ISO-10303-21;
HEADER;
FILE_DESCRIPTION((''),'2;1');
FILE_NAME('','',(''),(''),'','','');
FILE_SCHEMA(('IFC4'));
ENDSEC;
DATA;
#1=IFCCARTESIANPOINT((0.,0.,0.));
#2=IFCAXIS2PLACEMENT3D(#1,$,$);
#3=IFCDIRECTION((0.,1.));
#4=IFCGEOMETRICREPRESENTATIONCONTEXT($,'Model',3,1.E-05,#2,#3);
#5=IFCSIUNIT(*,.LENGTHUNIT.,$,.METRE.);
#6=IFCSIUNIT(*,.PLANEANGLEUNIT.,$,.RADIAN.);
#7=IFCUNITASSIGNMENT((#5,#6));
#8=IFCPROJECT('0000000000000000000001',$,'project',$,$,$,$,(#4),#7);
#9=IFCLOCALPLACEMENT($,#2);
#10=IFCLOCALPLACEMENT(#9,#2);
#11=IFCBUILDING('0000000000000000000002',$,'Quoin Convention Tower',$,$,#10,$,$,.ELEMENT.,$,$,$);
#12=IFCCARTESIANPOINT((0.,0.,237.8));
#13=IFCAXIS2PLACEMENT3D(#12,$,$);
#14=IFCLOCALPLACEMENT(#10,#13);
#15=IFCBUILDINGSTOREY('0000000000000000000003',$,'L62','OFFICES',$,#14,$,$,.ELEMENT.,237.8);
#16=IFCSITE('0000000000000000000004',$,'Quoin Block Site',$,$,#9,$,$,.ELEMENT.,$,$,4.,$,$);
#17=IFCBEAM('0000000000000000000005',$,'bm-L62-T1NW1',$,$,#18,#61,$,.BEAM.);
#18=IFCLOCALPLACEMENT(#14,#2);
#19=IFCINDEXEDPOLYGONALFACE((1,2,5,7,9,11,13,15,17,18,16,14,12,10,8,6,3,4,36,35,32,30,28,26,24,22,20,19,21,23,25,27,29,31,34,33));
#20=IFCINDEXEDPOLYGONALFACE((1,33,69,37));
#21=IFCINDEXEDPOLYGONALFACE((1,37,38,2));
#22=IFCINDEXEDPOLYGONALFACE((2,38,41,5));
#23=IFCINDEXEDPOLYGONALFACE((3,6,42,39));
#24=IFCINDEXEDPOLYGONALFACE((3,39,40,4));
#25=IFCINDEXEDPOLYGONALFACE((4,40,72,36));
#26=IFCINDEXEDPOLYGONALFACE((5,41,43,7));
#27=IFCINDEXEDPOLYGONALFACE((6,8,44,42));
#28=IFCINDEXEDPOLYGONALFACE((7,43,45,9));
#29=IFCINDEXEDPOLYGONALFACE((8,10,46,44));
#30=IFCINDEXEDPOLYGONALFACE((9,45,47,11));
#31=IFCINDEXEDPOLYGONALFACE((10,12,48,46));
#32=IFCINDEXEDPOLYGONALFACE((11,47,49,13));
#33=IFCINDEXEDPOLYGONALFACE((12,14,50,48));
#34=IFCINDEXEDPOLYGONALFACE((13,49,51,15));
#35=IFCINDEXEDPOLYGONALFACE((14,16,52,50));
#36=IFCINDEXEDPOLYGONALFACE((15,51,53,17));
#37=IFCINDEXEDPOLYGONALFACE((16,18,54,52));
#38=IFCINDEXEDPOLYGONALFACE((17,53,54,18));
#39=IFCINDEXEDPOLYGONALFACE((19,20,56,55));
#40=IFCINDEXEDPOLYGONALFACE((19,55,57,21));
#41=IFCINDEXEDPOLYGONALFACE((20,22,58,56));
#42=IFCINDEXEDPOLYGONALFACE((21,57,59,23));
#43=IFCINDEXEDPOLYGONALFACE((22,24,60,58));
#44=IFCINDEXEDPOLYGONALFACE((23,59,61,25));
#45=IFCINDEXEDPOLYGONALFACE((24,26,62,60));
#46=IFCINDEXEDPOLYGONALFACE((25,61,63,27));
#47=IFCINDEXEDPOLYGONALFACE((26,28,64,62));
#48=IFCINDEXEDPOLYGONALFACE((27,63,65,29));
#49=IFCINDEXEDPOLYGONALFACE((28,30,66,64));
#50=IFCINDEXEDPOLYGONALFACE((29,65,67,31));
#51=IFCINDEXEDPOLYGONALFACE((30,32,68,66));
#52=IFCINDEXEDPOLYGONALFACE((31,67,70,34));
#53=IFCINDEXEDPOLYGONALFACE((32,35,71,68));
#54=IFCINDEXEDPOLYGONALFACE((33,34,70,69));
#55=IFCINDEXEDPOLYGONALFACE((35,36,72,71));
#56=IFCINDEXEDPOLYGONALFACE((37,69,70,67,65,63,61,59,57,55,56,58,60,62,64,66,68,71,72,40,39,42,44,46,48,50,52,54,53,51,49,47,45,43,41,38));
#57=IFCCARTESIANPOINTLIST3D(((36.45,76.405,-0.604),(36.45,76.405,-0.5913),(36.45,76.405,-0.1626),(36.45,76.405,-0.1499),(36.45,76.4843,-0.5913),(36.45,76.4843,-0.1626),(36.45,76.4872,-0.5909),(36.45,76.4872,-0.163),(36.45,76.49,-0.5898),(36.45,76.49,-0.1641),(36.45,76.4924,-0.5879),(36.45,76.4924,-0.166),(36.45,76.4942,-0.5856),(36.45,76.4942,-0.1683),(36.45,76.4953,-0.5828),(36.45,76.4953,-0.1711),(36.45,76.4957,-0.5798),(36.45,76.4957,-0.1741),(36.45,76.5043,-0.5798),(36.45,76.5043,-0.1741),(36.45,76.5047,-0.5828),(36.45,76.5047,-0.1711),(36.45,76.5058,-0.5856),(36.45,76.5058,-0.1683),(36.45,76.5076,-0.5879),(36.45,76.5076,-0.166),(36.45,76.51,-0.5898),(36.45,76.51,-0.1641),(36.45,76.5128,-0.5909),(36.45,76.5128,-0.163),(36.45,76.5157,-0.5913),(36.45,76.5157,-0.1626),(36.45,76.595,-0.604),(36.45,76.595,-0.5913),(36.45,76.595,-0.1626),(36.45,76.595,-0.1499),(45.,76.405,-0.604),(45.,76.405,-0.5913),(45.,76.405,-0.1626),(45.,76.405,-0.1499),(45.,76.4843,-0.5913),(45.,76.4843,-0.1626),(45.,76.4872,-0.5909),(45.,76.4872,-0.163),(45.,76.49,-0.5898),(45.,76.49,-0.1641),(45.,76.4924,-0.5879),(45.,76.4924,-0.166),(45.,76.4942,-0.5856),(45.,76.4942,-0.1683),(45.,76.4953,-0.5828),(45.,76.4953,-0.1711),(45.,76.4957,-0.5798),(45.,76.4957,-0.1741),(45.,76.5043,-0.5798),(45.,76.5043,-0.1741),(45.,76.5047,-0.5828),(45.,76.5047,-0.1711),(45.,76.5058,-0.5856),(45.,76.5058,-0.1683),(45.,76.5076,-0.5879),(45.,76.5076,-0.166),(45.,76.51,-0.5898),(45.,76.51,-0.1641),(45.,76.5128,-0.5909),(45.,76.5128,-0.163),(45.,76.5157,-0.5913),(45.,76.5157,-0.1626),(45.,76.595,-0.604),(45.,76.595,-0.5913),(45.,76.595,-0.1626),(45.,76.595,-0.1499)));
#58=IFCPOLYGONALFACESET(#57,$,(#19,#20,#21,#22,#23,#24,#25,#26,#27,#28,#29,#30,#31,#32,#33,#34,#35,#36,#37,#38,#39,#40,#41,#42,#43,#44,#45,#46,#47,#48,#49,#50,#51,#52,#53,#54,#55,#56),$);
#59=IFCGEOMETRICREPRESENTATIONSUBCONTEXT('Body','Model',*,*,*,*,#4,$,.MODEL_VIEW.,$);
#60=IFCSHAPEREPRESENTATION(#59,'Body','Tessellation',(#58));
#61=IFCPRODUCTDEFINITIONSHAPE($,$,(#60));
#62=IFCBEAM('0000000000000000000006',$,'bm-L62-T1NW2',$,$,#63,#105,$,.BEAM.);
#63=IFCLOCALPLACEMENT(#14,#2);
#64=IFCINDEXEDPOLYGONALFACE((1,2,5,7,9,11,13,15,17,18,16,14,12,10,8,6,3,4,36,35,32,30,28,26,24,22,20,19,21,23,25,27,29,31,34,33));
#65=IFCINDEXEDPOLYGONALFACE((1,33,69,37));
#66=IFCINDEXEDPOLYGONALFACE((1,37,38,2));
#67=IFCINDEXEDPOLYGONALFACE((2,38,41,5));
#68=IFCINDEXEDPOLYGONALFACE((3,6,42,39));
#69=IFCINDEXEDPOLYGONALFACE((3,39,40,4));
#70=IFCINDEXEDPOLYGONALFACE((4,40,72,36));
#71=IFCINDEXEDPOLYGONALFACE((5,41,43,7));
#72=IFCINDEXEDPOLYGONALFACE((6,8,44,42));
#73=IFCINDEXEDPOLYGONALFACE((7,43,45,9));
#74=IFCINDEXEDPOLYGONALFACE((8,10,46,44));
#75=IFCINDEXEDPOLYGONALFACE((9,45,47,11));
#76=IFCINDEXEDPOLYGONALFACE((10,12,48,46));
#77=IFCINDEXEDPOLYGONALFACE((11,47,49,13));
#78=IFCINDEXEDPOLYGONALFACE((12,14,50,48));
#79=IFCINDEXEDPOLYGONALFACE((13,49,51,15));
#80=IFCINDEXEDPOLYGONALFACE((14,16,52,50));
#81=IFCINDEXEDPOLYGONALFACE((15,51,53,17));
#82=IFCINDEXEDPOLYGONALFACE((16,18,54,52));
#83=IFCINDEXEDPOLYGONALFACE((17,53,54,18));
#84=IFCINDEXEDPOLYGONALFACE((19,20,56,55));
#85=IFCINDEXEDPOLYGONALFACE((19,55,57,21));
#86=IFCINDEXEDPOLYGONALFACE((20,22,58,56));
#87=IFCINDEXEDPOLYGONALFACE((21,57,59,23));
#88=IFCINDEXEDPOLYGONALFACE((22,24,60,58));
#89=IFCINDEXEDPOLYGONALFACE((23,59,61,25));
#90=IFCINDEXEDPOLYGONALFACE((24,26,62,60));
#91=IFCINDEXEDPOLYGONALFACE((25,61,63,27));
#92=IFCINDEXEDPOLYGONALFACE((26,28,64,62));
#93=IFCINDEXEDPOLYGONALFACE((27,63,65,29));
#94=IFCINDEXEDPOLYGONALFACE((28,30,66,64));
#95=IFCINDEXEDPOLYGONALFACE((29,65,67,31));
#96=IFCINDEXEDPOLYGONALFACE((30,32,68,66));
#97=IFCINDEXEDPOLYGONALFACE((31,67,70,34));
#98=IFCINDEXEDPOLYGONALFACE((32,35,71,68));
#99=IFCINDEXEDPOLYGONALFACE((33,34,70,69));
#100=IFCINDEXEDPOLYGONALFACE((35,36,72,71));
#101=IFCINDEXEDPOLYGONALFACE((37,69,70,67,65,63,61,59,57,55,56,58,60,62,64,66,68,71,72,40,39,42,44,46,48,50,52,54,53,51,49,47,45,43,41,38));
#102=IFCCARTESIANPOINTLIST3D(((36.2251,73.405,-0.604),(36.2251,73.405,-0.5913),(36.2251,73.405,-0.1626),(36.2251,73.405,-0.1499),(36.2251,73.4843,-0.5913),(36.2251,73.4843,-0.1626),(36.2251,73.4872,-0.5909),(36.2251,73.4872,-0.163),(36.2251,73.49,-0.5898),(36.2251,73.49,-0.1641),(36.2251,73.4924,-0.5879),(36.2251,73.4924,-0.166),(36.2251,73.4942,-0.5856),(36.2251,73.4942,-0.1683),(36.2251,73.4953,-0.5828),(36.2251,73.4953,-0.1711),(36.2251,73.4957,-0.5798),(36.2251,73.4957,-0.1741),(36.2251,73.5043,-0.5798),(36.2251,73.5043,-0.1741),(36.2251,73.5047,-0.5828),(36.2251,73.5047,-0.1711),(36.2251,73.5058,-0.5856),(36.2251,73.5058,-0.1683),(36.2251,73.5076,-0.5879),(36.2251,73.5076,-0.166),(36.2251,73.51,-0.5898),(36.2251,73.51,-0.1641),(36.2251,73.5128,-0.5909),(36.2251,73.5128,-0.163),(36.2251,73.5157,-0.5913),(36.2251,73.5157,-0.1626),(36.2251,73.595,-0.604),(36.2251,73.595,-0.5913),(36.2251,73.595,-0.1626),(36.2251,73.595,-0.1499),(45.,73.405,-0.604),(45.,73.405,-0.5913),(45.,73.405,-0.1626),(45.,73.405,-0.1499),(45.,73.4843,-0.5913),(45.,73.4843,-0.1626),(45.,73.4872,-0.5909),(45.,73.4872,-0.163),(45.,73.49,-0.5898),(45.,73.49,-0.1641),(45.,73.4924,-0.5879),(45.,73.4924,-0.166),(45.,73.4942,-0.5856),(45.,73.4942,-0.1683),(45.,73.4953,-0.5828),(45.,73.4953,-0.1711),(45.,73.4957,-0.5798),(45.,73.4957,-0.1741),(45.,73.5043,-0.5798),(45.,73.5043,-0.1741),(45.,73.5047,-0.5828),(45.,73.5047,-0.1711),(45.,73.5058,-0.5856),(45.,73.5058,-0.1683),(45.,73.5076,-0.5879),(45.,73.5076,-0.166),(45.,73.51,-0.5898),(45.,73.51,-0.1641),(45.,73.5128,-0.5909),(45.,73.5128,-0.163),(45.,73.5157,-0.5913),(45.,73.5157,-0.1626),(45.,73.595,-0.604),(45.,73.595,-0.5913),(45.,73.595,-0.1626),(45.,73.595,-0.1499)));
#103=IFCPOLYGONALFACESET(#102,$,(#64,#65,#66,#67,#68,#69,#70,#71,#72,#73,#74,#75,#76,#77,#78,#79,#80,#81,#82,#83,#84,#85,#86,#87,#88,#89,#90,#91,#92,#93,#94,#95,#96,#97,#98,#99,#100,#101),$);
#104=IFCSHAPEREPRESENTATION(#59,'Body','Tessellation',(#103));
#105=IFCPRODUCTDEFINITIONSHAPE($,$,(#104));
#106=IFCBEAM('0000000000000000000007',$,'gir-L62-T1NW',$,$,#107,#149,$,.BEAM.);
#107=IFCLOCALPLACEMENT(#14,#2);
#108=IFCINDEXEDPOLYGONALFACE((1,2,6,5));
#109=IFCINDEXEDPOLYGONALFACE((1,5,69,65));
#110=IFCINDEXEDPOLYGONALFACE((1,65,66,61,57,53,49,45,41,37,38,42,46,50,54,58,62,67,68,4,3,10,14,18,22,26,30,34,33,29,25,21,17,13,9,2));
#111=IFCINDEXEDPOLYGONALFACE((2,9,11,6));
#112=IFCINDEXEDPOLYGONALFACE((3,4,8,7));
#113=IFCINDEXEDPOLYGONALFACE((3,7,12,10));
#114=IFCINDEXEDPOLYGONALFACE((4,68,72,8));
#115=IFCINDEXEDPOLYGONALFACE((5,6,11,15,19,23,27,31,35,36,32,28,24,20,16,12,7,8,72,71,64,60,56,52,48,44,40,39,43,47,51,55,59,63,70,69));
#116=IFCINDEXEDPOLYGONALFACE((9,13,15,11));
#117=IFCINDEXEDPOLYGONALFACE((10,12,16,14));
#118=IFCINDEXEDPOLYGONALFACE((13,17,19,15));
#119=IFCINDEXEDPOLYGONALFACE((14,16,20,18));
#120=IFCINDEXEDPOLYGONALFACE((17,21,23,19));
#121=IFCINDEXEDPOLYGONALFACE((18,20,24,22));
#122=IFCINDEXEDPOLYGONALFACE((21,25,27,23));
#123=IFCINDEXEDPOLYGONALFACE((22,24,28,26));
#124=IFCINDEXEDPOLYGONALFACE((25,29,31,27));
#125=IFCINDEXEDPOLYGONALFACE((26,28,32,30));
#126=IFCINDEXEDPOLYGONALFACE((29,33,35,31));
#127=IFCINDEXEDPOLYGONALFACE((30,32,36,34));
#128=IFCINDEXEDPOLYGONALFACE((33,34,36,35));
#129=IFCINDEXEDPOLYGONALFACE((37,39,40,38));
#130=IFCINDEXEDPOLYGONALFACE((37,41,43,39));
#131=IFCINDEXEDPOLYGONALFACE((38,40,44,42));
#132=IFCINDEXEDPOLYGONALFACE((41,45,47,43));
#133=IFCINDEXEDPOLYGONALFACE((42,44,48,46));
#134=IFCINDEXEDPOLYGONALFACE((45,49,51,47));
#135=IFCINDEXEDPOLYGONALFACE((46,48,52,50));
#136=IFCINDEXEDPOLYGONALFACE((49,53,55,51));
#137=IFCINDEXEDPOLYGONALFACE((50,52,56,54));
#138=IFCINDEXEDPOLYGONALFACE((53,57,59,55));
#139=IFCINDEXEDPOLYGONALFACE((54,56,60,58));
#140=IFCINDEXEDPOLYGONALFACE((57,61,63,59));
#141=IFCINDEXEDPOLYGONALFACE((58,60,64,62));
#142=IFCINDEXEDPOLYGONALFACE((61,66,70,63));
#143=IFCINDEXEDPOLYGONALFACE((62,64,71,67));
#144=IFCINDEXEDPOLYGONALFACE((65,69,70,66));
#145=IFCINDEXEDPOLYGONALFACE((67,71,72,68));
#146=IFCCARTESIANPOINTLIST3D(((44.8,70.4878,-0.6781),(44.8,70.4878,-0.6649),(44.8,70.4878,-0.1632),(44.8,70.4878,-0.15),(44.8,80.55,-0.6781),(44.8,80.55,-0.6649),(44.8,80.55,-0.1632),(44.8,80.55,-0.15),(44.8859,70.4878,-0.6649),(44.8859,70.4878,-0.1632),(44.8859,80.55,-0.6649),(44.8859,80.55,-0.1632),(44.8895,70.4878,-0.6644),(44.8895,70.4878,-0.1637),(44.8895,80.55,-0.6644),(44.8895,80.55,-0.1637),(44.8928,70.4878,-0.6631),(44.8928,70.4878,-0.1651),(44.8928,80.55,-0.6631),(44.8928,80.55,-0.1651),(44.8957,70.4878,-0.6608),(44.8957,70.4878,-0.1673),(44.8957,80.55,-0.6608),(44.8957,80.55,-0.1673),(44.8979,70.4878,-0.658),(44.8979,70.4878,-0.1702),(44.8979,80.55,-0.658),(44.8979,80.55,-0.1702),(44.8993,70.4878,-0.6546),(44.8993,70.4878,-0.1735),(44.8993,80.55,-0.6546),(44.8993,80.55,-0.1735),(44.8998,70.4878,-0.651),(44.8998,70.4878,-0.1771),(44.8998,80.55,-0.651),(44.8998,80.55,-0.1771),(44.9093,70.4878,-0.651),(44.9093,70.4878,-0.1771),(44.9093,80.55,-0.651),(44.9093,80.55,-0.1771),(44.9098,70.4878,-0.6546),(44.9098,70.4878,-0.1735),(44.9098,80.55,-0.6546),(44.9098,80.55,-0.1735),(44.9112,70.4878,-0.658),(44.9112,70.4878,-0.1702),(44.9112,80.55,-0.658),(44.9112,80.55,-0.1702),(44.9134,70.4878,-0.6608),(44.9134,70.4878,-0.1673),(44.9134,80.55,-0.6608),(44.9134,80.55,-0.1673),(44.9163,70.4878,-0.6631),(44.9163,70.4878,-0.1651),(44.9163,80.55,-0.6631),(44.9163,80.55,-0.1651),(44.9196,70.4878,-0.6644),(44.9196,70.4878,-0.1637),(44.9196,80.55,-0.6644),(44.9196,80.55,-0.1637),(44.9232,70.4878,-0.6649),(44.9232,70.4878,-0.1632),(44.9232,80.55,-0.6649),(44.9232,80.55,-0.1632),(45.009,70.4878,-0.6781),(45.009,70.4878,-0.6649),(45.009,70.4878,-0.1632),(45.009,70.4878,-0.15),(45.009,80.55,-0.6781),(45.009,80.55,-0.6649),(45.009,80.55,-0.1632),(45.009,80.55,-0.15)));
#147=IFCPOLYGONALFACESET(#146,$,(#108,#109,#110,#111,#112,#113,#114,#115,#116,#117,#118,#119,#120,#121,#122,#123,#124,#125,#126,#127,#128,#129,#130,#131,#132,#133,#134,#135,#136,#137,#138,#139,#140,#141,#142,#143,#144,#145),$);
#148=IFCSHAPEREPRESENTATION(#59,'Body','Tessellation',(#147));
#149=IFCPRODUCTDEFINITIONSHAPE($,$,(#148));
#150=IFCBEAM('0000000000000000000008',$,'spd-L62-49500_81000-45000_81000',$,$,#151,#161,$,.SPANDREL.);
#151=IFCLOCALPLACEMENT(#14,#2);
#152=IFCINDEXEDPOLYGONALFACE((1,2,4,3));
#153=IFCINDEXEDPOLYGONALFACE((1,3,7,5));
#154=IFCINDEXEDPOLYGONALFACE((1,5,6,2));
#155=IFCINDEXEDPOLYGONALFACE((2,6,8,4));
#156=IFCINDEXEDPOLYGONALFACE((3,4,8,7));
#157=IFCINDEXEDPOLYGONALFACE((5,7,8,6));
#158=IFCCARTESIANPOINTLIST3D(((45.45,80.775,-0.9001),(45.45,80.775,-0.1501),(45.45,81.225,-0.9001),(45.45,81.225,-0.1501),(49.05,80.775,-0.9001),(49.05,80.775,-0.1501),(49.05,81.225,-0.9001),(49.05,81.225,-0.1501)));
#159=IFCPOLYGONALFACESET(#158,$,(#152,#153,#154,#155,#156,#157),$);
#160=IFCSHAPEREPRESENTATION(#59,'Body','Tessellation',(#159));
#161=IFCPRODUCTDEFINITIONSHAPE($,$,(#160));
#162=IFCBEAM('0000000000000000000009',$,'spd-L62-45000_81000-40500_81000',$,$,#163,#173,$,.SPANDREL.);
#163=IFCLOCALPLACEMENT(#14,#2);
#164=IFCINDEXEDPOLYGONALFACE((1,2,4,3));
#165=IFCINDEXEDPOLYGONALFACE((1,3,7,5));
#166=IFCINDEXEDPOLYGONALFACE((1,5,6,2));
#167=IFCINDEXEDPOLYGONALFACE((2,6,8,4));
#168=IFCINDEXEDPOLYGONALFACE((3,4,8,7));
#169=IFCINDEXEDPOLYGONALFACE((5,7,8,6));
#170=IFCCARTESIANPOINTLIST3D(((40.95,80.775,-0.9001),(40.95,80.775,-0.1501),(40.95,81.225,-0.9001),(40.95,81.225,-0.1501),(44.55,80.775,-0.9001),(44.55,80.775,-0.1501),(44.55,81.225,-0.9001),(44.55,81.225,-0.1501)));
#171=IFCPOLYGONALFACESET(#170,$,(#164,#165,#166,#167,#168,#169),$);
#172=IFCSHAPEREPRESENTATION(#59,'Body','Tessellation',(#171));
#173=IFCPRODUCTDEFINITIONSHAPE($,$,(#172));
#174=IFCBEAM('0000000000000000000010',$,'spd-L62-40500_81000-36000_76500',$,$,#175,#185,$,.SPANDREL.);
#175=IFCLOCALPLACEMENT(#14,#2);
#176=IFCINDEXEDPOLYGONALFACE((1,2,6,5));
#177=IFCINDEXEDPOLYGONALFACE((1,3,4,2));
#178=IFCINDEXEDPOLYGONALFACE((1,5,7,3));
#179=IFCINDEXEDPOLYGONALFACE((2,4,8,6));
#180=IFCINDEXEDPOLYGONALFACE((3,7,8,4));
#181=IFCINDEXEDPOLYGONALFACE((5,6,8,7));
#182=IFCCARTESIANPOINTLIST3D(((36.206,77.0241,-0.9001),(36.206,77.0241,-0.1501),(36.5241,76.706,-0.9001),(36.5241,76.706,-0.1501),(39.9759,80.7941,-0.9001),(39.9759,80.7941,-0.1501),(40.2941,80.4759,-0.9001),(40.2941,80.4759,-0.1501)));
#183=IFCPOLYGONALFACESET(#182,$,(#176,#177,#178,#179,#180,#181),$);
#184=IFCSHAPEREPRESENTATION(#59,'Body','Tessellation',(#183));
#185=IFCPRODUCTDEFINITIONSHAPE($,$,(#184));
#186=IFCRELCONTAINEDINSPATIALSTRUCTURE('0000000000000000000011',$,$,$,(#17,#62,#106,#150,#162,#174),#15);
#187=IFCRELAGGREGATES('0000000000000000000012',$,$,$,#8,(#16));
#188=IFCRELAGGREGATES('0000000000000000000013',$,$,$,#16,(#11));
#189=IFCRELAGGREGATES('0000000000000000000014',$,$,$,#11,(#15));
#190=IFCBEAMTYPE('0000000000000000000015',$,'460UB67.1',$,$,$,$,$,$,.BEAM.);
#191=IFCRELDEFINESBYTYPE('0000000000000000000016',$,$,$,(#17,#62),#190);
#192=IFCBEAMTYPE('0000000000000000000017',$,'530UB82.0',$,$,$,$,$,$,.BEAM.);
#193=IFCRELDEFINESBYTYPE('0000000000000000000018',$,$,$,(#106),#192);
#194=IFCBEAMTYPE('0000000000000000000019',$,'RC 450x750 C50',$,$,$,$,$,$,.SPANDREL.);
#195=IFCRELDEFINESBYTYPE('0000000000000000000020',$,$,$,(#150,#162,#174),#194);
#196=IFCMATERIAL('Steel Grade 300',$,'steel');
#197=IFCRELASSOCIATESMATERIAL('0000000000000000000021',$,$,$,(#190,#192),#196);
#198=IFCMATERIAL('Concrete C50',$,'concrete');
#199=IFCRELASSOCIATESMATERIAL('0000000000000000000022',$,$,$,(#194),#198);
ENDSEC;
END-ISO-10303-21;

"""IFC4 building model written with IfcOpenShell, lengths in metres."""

from ifc_helpers import new_model, si_unit, direction, frame, origin, origin_2d, place, context, subcontext, project, spatial, rectangle, i_section, extrude, material, material_profile, profile_set, type_object, element, save


model = new_model("IFC4")

# Units and contexts
model_context = context("Model", 3, precision=1e-05, world=origin(), true_north=direction((0.0, 1.0)))
body_context = subcontext(model_context, "Body", "Model", "MODEL_VIEW")
ifc_project = project(units=[si_unit("LENGTHUNIT", "METRE"), si_unit("PLANEANGLEUNIT", "RADIAN")], contexts=[model_context])

# Site, building, storey
site_placement = place(None, origin())
site = spatial("IfcSite", under=ifc_project, at=site_placement, Name="Quoin Block Site", CompositionType="ELEMENT", RefElevation=4.0)
building_placement = place(site_placement, origin())
building = spatial("IfcBuilding", under=site, at=building_placement, Name="Quoin Convention Tower", CompositionType="ELEMENT")
storey_placement = place(building_placement, frame((0.0, 0.0, 237.8)))
storey = spatial("IfcBuildingStorey", under=building, at=storey_placement, Name="L62", Description="OFFICES", CompositionType="ELEMENT", Elevation=237.8)

# Shared definitions
ifc_material_1 = material(Name="Concrete C50", Category="concrete")

# Beams
ifc_material_2 = material(Name="Steel Grade 300", Category="steel")
ifc_material_profile_1 = material_profile(ifc_material_2, i_section(OverallWidth=0.1899, OverallDepth=0.4541, WebThickness=0.0085, FlangeThickness=0.0127, FilletRadius=0.0115, at=origin_2d()), Name="460UB67.1")
ifc_profile_set_1 = profile_set([ifc_material_profile_1], Name="Steel Grade 300")
beam_type_1 = type_object("IfcBeamType", Name="460UB67.1", PredefinedType="BEAM", material=ifc_profile_set_1)
beam_1_placement = place(storey_placement, frame((36.45, 76.5, -0.377), z_axis=(1.0, 0.0, 0.0), x_axis=(0.0, 1.0, 0.0)))
element("IfcBeam", 1, at=beam_1_placement, inside=storey, type_object=beam_type_1, Name="bm-L62-T1NW1", PredefinedType="BEAM", context=body_context, shape_type="SweptSolid", body=[
    extrude(i_section(OverallWidth=0.1899, OverallDepth=0.4541, WebThickness=0.0085, FlangeThickness=0.0127, FilletRadius=0.0115, at=origin_2d()), origin(), (0.0, 0.0, 1.0), 8.55),
])
beam_2_placement = place(storey_placement, frame((36.2251, 73.5, -0.377), z_axis=(1.0, 0.0, 0.0), x_axis=(0.0, 1.0, 0.0)))
element("IfcBeam", 2, at=beam_2_placement, inside=storey, type_object=beam_type_1, Name="bm-L62-T1NW2", PredefinedType="BEAM", context=body_context, shape_type="SweptSolid", body=[
    extrude(i_section(OverallWidth=0.1899, OverallDepth=0.4541, WebThickness=0.0085, FlangeThickness=0.0127, FilletRadius=0.0115, at=origin_2d()), origin(), (0.0, 0.0, 1.0), 8.7749),
])
ifc_material_profile_2 = material_profile(ifc_material_2, i_section(OverallWidth=0.209, OverallDepth=0.5281, WebThickness=0.0095, FlangeThickness=0.0132, FilletRadius=0.0139, at=origin_2d()), Name="530UB82.0")
ifc_profile_set_2 = profile_set([ifc_material_profile_2], Name="Steel Grade 300")
beam_type_2 = type_object("IfcBeamType", Name="530UB82.0", PredefinedType="BEAM", material=ifc_profile_set_2)
beam_3_placement = place(storey_placement, frame((44.9045, 80.55, -0.4141), z_axis=(0.0, -1.0, 0.0), x_axis=(1.0, 0.0, 0.0)))
element("IfcBeam", 3, at=beam_3_placement, inside=storey, type_object=beam_type_2, Name="gir-L62-T1NW", PredefinedType="BEAM", context=body_context, shape_type="SweptSolid", body=[
    extrude(i_section(OverallWidth=0.209, OverallDepth=0.5281, WebThickness=0.0095, FlangeThickness=0.0132, FilletRadius=0.0139, at=origin_2d()), origin(), (0.0, 0.0, 1.0), 10.0623),
])
ifc_material_profile_3 = material_profile(ifc_material_1, rectangle(XDim=0.45, YDim=0.75, at=origin_2d()), Name="RC 450x750")
ifc_profile_set_3 = profile_set([ifc_material_profile_3], Name="Concrete C50")
beam_type_3 = type_object("IfcBeamType", Name="RC 450x750 C50", PredefinedType="SPANDREL", material=ifc_profile_set_3)
for number, where, z_axis, x_axis, name in (
    (4, (49.05, 81.0, -0.5251), (-1.0, 0.0, 0.0), (0.0, -1.0, 0.0), "spd-L62-49500_81000-45000_81000"),
    (5, (44.55, 81.0, -0.5251), (-1.0, 0.0, 0.0), (0.0, -1.0, 0.0), "spd-L62-45000_81000-40500_81000"),
):
    element("IfcBeam", number, at=place(storey_placement, frame(where, z_axis=z_axis, x_axis=x_axis)), inside=storey, type_object=beam_type_3, Name=name, PredefinedType="SPANDREL", context=body_context, shape_type="SweptSolid", body=[
        extrude(rectangle(XDim=0.45, YDim=0.75, at=origin_2d()), origin(), (0.0, 0.0, 1.0), 3.6001),
    ])
beam_4_placement = place(storey_placement, frame((40.135, 80.635, -0.5251), z_axis=(-0.707107, -0.707107, 0.0), x_axis=(0.707107, -0.707107, 0.0)))
element("IfcBeam", 6, at=beam_4_placement, inside=storey, type_object=beam_type_3, Name="spd-L62-40500_81000-36000_76500", PredefinedType="SPANDREL", context=body_context, shape_type="SweptSolid", body=[
    extrude(rectangle(XDim=0.45, YDim=0.75, at=origin_2d()), origin(), (0.0, 0.0, 1.0), 5.3315),
])

save(model, "model.ifc")
